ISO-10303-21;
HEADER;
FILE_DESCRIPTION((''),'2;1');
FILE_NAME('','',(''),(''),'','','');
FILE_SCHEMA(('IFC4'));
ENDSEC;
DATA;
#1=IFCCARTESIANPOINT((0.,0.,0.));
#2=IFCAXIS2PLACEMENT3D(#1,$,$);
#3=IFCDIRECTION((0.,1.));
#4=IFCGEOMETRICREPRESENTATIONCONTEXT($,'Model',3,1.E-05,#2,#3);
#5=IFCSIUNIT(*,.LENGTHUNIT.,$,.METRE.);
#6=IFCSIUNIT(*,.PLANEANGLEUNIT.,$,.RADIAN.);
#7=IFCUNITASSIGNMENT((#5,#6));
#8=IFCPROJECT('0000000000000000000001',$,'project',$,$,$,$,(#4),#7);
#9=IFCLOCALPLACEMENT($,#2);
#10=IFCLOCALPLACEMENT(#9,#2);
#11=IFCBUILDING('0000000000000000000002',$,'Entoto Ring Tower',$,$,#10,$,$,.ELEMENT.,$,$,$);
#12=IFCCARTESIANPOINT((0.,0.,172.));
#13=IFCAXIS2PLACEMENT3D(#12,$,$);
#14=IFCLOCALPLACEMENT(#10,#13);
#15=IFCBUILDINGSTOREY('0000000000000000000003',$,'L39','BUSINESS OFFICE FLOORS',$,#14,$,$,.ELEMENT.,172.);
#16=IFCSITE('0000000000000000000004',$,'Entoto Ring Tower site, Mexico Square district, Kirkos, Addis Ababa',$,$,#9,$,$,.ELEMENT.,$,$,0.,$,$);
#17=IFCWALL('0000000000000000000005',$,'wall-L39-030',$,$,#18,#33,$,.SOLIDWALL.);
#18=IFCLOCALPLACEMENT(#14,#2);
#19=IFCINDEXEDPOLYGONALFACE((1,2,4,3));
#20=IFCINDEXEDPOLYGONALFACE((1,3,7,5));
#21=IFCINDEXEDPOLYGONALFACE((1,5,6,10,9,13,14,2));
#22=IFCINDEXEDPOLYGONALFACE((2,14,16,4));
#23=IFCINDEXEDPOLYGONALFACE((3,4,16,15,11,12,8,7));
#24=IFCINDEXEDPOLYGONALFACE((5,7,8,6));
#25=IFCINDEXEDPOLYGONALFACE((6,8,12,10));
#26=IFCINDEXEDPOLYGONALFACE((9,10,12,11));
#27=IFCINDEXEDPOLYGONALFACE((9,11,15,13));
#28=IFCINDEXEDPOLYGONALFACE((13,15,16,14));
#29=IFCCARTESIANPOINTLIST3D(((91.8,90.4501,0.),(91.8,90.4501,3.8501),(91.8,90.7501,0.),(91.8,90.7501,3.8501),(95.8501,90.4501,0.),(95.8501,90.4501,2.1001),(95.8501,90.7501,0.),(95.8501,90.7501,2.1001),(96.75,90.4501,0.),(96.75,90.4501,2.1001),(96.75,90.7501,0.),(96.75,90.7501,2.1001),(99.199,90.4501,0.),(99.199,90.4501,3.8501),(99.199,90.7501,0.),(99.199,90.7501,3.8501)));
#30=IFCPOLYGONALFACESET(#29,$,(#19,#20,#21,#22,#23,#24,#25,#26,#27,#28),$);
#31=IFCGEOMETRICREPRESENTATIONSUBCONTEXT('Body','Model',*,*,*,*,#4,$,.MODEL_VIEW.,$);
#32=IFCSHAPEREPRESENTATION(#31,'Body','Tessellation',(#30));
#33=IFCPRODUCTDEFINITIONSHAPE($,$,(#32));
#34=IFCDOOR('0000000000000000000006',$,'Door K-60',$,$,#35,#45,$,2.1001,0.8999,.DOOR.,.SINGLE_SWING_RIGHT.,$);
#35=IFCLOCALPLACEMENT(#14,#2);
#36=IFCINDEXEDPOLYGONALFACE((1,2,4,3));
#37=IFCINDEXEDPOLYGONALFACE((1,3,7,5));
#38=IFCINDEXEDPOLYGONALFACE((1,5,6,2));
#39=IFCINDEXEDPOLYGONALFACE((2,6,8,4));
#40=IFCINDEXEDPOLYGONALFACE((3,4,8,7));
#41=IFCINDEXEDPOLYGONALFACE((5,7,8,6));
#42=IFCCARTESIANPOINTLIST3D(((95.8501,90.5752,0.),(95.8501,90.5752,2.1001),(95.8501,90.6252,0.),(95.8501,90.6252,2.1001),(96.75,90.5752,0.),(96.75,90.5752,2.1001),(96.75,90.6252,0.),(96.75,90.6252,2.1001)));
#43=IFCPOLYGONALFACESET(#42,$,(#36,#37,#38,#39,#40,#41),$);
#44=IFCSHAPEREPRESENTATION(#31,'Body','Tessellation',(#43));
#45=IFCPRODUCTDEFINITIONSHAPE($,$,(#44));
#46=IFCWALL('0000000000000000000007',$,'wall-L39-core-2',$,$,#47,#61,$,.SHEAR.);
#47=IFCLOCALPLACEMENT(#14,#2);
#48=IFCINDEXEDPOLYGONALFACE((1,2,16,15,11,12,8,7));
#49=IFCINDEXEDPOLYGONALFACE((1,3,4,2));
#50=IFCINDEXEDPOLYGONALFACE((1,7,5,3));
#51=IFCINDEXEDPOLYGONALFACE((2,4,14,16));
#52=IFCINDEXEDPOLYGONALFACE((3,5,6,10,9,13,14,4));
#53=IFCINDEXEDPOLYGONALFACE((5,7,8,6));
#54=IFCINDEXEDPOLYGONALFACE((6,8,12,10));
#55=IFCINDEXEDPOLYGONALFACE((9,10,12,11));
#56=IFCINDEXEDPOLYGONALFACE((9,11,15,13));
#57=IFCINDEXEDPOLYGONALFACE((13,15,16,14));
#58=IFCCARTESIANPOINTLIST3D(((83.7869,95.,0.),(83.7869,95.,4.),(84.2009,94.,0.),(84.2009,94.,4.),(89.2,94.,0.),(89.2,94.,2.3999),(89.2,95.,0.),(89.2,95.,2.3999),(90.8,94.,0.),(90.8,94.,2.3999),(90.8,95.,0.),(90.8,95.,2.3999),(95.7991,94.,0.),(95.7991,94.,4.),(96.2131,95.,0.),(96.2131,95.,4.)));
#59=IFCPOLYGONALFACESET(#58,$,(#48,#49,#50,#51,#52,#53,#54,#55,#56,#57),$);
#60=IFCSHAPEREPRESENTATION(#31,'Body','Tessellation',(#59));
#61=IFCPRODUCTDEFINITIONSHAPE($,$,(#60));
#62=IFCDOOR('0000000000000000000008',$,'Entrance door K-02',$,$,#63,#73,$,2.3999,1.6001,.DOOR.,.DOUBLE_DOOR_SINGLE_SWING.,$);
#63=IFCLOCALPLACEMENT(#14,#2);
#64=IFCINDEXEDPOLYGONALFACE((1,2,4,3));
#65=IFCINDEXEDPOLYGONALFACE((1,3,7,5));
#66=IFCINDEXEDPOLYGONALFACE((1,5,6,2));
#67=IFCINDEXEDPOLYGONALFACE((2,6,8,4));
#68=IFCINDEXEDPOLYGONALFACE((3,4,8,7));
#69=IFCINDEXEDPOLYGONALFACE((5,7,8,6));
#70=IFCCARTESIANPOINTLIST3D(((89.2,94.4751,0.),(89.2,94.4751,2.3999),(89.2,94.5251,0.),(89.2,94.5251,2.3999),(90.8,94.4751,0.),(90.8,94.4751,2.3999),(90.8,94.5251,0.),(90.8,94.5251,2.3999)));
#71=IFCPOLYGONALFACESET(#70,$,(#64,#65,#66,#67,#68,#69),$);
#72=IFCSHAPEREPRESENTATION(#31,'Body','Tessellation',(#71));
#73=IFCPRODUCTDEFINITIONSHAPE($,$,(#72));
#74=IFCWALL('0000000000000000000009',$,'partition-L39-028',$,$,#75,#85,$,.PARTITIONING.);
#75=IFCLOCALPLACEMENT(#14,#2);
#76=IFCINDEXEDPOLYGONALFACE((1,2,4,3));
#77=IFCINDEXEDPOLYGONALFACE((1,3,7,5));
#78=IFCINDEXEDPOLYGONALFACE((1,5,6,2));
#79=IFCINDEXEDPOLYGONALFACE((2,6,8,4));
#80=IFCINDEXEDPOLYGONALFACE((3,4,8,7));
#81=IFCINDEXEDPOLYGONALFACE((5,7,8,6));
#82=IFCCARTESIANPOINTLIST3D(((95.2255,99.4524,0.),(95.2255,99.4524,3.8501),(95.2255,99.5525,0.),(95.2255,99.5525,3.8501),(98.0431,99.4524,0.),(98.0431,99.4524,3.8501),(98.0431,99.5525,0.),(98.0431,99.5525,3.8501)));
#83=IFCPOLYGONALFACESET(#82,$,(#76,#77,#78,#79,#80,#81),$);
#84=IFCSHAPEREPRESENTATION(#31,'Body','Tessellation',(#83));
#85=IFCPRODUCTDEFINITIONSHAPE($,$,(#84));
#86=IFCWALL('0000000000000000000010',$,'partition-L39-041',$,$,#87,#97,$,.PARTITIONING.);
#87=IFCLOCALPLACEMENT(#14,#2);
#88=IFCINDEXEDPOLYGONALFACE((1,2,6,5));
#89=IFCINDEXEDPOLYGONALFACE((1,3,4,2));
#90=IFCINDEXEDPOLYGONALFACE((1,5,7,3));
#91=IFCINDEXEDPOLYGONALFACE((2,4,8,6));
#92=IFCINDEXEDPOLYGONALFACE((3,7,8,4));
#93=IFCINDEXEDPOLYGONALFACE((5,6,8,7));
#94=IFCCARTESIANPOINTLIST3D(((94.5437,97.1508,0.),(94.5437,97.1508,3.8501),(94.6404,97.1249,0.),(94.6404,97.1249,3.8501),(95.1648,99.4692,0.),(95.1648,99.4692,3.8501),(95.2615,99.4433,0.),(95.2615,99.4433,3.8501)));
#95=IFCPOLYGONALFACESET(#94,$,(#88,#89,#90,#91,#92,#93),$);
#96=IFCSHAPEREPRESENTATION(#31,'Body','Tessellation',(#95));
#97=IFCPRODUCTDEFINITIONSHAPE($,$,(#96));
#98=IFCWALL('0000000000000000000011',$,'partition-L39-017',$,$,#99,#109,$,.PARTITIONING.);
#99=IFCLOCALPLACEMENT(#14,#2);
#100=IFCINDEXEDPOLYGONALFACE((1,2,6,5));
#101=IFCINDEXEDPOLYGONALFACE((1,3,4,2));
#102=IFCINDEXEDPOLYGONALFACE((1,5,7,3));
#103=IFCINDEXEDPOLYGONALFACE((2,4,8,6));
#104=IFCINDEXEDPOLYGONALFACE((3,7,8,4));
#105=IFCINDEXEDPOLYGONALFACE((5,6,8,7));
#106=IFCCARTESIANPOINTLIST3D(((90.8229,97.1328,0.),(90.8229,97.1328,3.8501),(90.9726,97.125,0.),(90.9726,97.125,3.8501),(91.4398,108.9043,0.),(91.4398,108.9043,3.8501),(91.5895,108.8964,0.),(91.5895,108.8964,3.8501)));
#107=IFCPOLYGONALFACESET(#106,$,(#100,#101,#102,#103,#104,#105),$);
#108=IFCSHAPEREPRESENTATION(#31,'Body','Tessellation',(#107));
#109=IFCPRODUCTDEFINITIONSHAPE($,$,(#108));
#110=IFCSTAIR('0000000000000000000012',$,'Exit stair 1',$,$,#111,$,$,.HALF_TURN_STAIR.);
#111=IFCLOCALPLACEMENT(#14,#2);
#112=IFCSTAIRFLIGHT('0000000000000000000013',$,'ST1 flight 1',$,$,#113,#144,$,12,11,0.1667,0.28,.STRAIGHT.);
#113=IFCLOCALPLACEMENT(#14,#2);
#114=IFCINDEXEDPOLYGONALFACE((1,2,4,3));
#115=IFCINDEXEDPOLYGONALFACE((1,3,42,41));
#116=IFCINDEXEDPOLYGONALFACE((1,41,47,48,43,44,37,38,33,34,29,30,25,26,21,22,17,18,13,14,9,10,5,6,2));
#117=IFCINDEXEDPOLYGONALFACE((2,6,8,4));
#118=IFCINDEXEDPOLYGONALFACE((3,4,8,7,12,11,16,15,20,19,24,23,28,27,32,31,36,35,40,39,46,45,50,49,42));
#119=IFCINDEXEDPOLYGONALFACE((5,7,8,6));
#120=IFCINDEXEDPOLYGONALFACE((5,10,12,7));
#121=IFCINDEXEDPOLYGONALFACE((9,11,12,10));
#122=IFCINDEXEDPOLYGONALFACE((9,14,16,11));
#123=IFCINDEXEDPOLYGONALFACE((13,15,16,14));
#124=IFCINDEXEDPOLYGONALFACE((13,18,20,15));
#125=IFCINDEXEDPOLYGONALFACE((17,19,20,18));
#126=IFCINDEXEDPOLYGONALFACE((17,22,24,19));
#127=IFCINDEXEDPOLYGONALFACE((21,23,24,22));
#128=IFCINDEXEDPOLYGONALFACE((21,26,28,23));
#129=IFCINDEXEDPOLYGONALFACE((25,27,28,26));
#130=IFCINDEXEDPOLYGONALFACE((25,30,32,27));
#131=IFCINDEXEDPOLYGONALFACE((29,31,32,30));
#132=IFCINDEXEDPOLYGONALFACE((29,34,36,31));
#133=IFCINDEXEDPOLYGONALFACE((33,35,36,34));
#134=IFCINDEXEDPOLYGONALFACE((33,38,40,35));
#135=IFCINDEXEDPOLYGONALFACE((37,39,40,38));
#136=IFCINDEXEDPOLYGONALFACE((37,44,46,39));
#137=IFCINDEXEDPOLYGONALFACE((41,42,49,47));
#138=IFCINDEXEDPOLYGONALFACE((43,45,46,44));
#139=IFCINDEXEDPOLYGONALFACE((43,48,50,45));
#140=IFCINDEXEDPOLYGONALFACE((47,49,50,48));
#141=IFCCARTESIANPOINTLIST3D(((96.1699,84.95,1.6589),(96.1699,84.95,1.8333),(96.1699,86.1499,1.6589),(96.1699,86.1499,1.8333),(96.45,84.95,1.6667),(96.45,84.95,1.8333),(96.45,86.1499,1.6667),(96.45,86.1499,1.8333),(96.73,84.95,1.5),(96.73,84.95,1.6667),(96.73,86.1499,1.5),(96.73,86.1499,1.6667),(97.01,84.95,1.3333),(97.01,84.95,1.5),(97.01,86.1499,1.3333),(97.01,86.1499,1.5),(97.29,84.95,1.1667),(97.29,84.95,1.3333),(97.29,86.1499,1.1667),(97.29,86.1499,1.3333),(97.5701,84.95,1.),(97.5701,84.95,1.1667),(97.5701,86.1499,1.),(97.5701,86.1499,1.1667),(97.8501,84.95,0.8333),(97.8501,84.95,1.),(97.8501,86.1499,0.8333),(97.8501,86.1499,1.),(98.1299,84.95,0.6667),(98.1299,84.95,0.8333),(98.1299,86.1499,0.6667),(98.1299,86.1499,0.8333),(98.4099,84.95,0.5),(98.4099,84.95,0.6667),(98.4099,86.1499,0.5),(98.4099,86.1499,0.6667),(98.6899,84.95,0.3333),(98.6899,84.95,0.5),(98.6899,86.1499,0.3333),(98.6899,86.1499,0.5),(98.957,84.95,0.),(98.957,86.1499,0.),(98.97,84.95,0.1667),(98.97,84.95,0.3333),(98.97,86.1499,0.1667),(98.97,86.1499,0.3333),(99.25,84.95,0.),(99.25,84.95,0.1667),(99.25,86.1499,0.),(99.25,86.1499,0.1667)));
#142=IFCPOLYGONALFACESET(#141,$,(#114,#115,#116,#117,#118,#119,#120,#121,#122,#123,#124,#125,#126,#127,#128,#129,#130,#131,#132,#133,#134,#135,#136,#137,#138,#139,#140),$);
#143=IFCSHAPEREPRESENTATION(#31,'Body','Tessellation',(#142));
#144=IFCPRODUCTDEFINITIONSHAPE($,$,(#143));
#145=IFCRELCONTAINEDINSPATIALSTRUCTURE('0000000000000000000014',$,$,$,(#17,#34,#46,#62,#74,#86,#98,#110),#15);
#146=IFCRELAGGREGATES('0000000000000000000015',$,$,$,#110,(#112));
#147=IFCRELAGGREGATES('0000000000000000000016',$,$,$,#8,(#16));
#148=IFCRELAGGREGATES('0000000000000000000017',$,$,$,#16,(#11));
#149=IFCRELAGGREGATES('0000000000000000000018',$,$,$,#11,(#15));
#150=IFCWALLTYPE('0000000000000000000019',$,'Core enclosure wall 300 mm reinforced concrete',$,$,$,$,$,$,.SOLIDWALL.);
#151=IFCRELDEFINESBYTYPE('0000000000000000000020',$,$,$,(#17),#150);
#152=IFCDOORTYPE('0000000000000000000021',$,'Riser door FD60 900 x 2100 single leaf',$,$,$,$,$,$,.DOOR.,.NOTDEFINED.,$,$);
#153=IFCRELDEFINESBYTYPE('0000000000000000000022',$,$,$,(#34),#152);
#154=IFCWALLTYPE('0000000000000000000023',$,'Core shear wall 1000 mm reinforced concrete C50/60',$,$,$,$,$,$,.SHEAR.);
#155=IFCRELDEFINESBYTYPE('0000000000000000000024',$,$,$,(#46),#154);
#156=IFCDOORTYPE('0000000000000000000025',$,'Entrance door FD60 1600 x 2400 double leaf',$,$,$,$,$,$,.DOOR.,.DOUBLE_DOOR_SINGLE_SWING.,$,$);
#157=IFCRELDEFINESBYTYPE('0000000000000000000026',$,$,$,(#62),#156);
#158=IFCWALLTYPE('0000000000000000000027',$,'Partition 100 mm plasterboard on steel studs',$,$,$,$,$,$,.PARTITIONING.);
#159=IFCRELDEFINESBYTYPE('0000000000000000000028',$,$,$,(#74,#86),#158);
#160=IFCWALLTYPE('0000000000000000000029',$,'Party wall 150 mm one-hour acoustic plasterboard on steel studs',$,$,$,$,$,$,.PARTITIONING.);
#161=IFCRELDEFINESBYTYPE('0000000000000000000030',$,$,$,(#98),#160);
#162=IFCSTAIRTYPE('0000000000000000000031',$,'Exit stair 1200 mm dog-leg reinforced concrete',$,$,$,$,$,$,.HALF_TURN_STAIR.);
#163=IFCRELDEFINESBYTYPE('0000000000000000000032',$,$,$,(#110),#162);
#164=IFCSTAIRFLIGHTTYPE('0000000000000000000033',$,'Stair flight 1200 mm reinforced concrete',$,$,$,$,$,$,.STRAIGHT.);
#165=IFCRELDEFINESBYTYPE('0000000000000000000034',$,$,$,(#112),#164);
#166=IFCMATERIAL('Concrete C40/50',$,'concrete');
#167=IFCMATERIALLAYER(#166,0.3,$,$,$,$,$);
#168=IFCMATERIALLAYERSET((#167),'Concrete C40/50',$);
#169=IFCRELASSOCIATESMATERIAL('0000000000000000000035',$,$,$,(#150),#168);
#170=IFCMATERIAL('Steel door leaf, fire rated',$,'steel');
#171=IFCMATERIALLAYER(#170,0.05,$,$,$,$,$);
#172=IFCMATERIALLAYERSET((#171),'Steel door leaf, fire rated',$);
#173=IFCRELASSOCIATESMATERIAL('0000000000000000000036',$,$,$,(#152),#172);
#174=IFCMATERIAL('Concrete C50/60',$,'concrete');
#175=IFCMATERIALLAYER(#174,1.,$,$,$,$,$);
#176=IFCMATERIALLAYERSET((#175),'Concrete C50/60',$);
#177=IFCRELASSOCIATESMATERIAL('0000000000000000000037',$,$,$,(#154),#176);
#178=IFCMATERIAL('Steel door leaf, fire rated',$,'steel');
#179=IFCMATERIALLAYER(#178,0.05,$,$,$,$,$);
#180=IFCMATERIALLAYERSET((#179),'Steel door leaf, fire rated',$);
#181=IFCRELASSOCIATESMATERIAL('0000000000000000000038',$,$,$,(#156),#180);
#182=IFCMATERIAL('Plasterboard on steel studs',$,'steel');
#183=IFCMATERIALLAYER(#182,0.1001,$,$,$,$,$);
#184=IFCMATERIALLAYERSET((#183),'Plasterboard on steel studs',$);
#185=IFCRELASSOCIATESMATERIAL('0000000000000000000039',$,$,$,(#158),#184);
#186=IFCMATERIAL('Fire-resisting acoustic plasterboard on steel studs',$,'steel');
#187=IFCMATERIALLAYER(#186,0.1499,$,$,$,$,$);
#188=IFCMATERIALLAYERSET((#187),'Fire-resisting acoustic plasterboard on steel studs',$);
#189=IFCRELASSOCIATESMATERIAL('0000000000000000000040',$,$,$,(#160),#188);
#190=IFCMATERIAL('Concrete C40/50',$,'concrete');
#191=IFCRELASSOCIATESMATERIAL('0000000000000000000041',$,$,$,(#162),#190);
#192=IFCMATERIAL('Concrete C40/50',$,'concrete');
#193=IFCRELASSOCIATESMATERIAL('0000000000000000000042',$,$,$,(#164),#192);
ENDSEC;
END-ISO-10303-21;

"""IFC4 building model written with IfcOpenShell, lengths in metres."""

from ifc_helpers import new_model, si_unit, direction, frame, frame_2d, origin, place, context, subcontext, project, spatial, polyline, rectangle, outline, extrude, material, layer, layer_set, type_object, element, fill, aggregate, save


model = new_model("IFC4")

# Units and contexts
model_context = context("Model", 3, precision=1e-05, world=origin(), true_north=direction((0.0, 1.0)))
body_context = subcontext(model_context, "Body", "Model", "MODEL_VIEW")
ifc_project = project(units=[si_unit("LENGTHUNIT", "METRE"), si_unit("PLANEANGLEUNIT", "RADIAN")], contexts=[model_context])

# Site, building, storey
site_placement = place(None, origin())
site = spatial("IfcSite", under=ifc_project, at=site_placement, Name="Entoto Ring Tower site, Mexico Square district, Kirkos, Addis Ababa", CompositionType="ELEMENT", RefElevation=0.0)
building_placement = place(site_placement, origin())
building = spatial("IfcBuilding", under=site, at=building_placement, Name="Entoto Ring Tower", CompositionType="ELEMENT")
storey_placement = place(building_placement, frame((0.0, 0.0, 172.0)))
storey = spatial("IfcBuildingStorey", under=building, at=storey_placement, Name="L39", Description="BUSINESS OFFICE FLOORS", CompositionType="ELEMENT", Elevation=172.0)

# Shared definitions
ifc_material_1 = material(Name="Concrete C40/50", Category="concrete")
ifc_layer_1 = layer(ifc_material_1, 0.3)
ifc_layer_set_1 = layer_set([ifc_layer_1], Name="Concrete C40/50")
wall_type_1 = type_object("IfcWallType", Name="Core enclosure wall 300 mm reinforced concrete", PredefinedType="SOLIDWALL", material=ifc_layer_set_1)

# Walls, openings, doors
wall_1_placement = place(storey_placement, frame((91.8, 90.6001, 0.0), z_axis=(0.0, 0.0, 1.0), x_axis=(1.0, 0.0, 0.0)))
wall_1 = element("IfcWall", 1, at=wall_1_placement, inside=storey, type_object=wall_type_1, Name="wall-L39-030", PredefinedType="SOLIDWALL", context=body_context, shape_type="SweptSolid", body=[
    extrude(rectangle(XDim=7.3989, YDim=0.3, at=frame_2d((3.6995, 0.0))), origin(), (0.0, 0.0, 1.0), 3.8501),
])
opening_1_placement = place(wall_1_placement, frame((4.05, 0.0, 0.0)))
opening_1 = element("IfcOpeningElement", 2, at=opening_1_placement, cuts=wall_1, PredefinedType="OPENING", context=body_context, shape_type="SweptSolid", body=[
    extrude(rectangle(XDim=0.8999, YDim=2.1001, at=frame_2d((0.45, 1.05))), frame((0.0, 0.1602, 0.0), z_axis=(0.0, -1.0, 0.0), x_axis=(1.0, 0.0, 0.0)), (0.0, 0.0, 1.0), 0.3201),
])
ifc_material_2 = material(Name="Steel door leaf, fire rated", Category="steel")
ifc_layer_2 = layer(ifc_material_2, 0.05)
ifc_layer_set_2 = layer_set([ifc_layer_2], Name="Steel door leaf, fire rated")
door_type_1 = type_object("IfcDoorType", Name="Riser door FD60 900 x 2100 single leaf", OperationType="NOTDEFINED", PredefinedType="DOOR", material=ifc_layer_set_2)
door_1_placement = place(opening_1_placement, frame((0.8999, 0.0, 0.0), z_axis=(0.0, 0.0, 1.0), x_axis=(-1.0, 0.0, 0.0)))
door_1 = element("IfcDoor", 3, at=door_1_placement, inside=storey, type_object=door_type_1, Name="Door K-60", OperationType="SINGLE_SWING_RIGHT", OverallHeight=2.1001, OverallWidth=0.8999, PredefinedType="DOOR", context=body_context, shape_type="SweptSolid", body=[
    extrude(rectangle(XDim=0.8999, YDim=2.1001, at=frame_2d((0.45, 1.05))), frame((0.0, 0.0249, 0.0), z_axis=(0.0, -1.0, 0.0), x_axis=(1.0, 0.0, 0.0)), (0.0, 0.0, 1.0), 0.05),
])
fill(opening_1, door_1)
ifc_material_3 = material(Name="Concrete C50/60", Category="concrete")
ifc_layer_3 = layer(ifc_material_3, 1.0)
ifc_layer_set_3 = layer_set([ifc_layer_3], Name="Concrete C50/60")
wall_type_2 = type_object("IfcWallType", Name="Core shear wall 1000 mm reinforced concrete C50/60", PredefinedType="SHEAR", material=ifc_layer_set_3)
wall_2_placement = place(storey_placement, frame((96.0061, 94.5, 0.0), z_axis=(0.0, 0.0, 1.0), x_axis=(-1.0, 0.0, 0.0)))
wall_2 = element("IfcWall", 4, at=wall_2_placement, inside=storey, type_object=wall_type_2, Name="wall-L39-core-2", PredefinedType="SHEAR", context=body_context, shape_type="SweptSolid", body=[
    extrude(outline(polyline([(-0.207, -0.5), (12.2192, -0.5), (11.8052, 0.5), (0.207, 0.5), (-0.207, -0.5)])), origin(), (0.0, 0.0, 1.0), 4.0),
])
opening_2_placement = place(wall_2_placement, frame((5.2061, 0.0, 0.0)))
opening_2 = element("IfcOpeningElement", 5, at=opening_2_placement, cuts=wall_2, PredefinedType="OPENING", context=body_context, shape_type="SweptSolid", body=[
    extrude(rectangle(XDim=1.6001, YDim=2.3999, at=frame_2d((0.8, 1.2))), frame((0.0, 0.51, 0.0), z_axis=(0.0, -1.0, 0.0), x_axis=(1.0, 0.0, 0.0)), (0.0, 0.0, 1.0), 1.02),
])
ifc_material_4 = material(Name="Steel door leaf, fire rated", Category="steel")
ifc_layer_4 = layer(ifc_material_4, 0.05)
ifc_layer_set_4 = layer_set([ifc_layer_4], Name="Steel door leaf, fire rated")
door_type_2 = type_object("IfcDoorType", Name="Entrance door FD60 1600 x 2400 double leaf", OperationType="DOUBLE_DOOR_SINGLE_SWING", PredefinedType="DOOR", material=ifc_layer_set_4)
door_2_placement = place(opening_2_placement, origin())
door_2 = element("IfcDoor", 6, at=door_2_placement, inside=storey, type_object=door_type_2, Name="Entrance door K-02", OperationType="DOUBLE_DOOR_SINGLE_SWING", OverallHeight=2.3999, OverallWidth=1.6001, PredefinedType="DOOR", context=body_context, shape_type="SweptSolid", body=[
    extrude(rectangle(XDim=1.6001, YDim=2.3999, at=frame_2d((0.8, 1.2))), frame((0.0, 0.0249, 0.0), z_axis=(0.0, -1.0, 0.0), x_axis=(1.0, 0.0, 0.0)), (0.0, 0.0, 1.0), 0.05),
])
fill(opening_2, door_2)

# Walls
ifc_material_5 = material(Name="Plasterboard on steel studs", Category="steel")
ifc_layer_5 = layer(ifc_material_5, 0.1001)
ifc_layer_set_5 = layer_set([ifc_layer_5], Name="Plasterboard on steel studs")
wall_type_3 = type_object("IfcWallType", Name="Partition 100 mm plasterboard on steel studs", PredefinedType="PARTITIONING", material=ifc_layer_set_5)
wall_3_placement = place(storey_placement, frame((95.2256, 99.5024, 0.0), z_axis=(0.0, 0.0, 1.0), x_axis=(1.0, 0.0, 0.0)))
element("IfcWall", 7, at=wall_3_placement, inside=storey, type_object=wall_type_3, Name="partition-L39-028", PredefinedType="PARTITIONING", context=body_context, shape_type="SweptSolid", body=[
    extrude(rectangle(XDim=2.8176, YDim=0.1001, at=frame_2d((1.4087, 0.0))), origin(), (0.0, 0.0, 1.0), 3.8501),
])
wall_4_placement = place(storey_placement, frame((94.592, 97.1377, 0.0), z_axis=(0.0, 0.0, 1.0), x_axis=(0.258777, 0.965937, 0.0)))
element("IfcWall", 8, at=wall_4_placement, inside=storey, type_object=wall_type_3, Name="partition-L39-041", PredefinedType="PARTITIONING", context=body_context, shape_type="SweptSolid", body=[
    extrude(rectangle(XDim=2.4001, YDim=0.1001, at=frame_2d((1.2002, 0.0))), origin(), (0.0, 0.0, 1.0), 3.8501),
])
ifc_material_6 = material(Name="Fire-resisting acoustic plasterboard on steel studs", Category="steel")
ifc_layer_6 = layer(ifc_material_6, 0.1499)
ifc_layer_set_6 = layer_set([ifc_layer_6], Name="Fire-resisting acoustic plasterboard on steel studs")
wall_type_4 = type_object("IfcWallType", Name="Party wall 150 mm one-hour acoustic plasterboard on steel studs", PredefinedType="PARTITIONING", material=ifc_layer_set_6)
wall_5_placement = place(storey_placement, frame((90.8977, 97.1289, 0.0), z_axis=(0.0, 0.0, 1.0), x_axis=(0.052338, 0.998629, 0.0)))
element("IfcWall", 9, at=wall_5_placement, inside=storey, type_object=wall_type_4, Name="partition-L39-017", PredefinedType="PARTITIONING", context=body_context, shape_type="SweptSolid", body=[
    extrude(rectangle(XDim=11.7876, YDim=0.1499, at=frame_2d((5.8938, 0.0))), origin(), (0.0, 0.0, 1.0), 3.8501),
])

# Stair, stair flight
ifc_material_7 = material(Name="Concrete C40/50", Category="concrete")
stair_type = type_object("IfcStairType", Name="Exit stair 1200 mm dog-leg reinforced concrete", PredefinedType="HALF_TURN_STAIR", material=ifc_material_7)
stair_placement = place(storey_placement, origin())
stair = element("IfcStair", 10, at=stair_placement, inside=storey, type_object=stair_type, Name="Exit stair 1", PredefinedType="HALF_TURN_STAIR")
ifc_material_8 = material(Name="Concrete C40/50", Category="concrete")
stair_flight_type = type_object("IfcStairFlightType", Name="Stair flight 1200 mm reinforced concrete", PredefinedType="STRAIGHT", material=ifc_material_8)
stair_flight_1_placement = place(storey_placement, frame((99.25, 85.55, 0.0), z_axis=(0.0, 0.0, 1.0), x_axis=(-1.0, 0.0, 0.0)))
stair_flight_1 = element("IfcStairFlight", 11, at=stair_flight_1_placement, type_object=stair_flight_type, Name="ST1 flight 1", NumberOfRisers=12, NumberOfTreads=11, PredefinedType="STRAIGHT", RiserHeight=0.1667, TreadLength=0.28, context=body_context, shape_type="SweptSolid", body=[
    extrude(outline(polyline([(0.0, 0.0), (0.0, 0.1667), (0.28, 0.1667), (0.28, 0.3333), (0.5601, 0.3333), (0.5601, 0.5), (0.8401, 0.5), (0.8401, 0.6667), (1.1201, 0.6667), (1.1201, 0.8333), (1.3999, 0.8333), (1.3999, 1.0), (1.6799, 1.0), (1.6799, 1.1667), (1.96, 1.1667), (1.96, 1.3333), (2.24, 1.3333), (2.24, 1.5), (2.52, 1.5), (2.52, 1.6667), (2.8, 1.6667), (2.8, 1.8333), (3.0801, 1.8333), (3.0801, 2.0), (3.0801, 1.6589), (0.293, 0.0), (0.0, 0.0)])), frame((0.0, 0.6001, 0.0), z_axis=(0.0, -1.0, 0.0), x_axis=(1.0, 0.0, 0.0)), (0.0, 0.0, 1.0), 1.2),
])
aggregate(stair, [stair_flight_1])

save(model, "model.ifc")
